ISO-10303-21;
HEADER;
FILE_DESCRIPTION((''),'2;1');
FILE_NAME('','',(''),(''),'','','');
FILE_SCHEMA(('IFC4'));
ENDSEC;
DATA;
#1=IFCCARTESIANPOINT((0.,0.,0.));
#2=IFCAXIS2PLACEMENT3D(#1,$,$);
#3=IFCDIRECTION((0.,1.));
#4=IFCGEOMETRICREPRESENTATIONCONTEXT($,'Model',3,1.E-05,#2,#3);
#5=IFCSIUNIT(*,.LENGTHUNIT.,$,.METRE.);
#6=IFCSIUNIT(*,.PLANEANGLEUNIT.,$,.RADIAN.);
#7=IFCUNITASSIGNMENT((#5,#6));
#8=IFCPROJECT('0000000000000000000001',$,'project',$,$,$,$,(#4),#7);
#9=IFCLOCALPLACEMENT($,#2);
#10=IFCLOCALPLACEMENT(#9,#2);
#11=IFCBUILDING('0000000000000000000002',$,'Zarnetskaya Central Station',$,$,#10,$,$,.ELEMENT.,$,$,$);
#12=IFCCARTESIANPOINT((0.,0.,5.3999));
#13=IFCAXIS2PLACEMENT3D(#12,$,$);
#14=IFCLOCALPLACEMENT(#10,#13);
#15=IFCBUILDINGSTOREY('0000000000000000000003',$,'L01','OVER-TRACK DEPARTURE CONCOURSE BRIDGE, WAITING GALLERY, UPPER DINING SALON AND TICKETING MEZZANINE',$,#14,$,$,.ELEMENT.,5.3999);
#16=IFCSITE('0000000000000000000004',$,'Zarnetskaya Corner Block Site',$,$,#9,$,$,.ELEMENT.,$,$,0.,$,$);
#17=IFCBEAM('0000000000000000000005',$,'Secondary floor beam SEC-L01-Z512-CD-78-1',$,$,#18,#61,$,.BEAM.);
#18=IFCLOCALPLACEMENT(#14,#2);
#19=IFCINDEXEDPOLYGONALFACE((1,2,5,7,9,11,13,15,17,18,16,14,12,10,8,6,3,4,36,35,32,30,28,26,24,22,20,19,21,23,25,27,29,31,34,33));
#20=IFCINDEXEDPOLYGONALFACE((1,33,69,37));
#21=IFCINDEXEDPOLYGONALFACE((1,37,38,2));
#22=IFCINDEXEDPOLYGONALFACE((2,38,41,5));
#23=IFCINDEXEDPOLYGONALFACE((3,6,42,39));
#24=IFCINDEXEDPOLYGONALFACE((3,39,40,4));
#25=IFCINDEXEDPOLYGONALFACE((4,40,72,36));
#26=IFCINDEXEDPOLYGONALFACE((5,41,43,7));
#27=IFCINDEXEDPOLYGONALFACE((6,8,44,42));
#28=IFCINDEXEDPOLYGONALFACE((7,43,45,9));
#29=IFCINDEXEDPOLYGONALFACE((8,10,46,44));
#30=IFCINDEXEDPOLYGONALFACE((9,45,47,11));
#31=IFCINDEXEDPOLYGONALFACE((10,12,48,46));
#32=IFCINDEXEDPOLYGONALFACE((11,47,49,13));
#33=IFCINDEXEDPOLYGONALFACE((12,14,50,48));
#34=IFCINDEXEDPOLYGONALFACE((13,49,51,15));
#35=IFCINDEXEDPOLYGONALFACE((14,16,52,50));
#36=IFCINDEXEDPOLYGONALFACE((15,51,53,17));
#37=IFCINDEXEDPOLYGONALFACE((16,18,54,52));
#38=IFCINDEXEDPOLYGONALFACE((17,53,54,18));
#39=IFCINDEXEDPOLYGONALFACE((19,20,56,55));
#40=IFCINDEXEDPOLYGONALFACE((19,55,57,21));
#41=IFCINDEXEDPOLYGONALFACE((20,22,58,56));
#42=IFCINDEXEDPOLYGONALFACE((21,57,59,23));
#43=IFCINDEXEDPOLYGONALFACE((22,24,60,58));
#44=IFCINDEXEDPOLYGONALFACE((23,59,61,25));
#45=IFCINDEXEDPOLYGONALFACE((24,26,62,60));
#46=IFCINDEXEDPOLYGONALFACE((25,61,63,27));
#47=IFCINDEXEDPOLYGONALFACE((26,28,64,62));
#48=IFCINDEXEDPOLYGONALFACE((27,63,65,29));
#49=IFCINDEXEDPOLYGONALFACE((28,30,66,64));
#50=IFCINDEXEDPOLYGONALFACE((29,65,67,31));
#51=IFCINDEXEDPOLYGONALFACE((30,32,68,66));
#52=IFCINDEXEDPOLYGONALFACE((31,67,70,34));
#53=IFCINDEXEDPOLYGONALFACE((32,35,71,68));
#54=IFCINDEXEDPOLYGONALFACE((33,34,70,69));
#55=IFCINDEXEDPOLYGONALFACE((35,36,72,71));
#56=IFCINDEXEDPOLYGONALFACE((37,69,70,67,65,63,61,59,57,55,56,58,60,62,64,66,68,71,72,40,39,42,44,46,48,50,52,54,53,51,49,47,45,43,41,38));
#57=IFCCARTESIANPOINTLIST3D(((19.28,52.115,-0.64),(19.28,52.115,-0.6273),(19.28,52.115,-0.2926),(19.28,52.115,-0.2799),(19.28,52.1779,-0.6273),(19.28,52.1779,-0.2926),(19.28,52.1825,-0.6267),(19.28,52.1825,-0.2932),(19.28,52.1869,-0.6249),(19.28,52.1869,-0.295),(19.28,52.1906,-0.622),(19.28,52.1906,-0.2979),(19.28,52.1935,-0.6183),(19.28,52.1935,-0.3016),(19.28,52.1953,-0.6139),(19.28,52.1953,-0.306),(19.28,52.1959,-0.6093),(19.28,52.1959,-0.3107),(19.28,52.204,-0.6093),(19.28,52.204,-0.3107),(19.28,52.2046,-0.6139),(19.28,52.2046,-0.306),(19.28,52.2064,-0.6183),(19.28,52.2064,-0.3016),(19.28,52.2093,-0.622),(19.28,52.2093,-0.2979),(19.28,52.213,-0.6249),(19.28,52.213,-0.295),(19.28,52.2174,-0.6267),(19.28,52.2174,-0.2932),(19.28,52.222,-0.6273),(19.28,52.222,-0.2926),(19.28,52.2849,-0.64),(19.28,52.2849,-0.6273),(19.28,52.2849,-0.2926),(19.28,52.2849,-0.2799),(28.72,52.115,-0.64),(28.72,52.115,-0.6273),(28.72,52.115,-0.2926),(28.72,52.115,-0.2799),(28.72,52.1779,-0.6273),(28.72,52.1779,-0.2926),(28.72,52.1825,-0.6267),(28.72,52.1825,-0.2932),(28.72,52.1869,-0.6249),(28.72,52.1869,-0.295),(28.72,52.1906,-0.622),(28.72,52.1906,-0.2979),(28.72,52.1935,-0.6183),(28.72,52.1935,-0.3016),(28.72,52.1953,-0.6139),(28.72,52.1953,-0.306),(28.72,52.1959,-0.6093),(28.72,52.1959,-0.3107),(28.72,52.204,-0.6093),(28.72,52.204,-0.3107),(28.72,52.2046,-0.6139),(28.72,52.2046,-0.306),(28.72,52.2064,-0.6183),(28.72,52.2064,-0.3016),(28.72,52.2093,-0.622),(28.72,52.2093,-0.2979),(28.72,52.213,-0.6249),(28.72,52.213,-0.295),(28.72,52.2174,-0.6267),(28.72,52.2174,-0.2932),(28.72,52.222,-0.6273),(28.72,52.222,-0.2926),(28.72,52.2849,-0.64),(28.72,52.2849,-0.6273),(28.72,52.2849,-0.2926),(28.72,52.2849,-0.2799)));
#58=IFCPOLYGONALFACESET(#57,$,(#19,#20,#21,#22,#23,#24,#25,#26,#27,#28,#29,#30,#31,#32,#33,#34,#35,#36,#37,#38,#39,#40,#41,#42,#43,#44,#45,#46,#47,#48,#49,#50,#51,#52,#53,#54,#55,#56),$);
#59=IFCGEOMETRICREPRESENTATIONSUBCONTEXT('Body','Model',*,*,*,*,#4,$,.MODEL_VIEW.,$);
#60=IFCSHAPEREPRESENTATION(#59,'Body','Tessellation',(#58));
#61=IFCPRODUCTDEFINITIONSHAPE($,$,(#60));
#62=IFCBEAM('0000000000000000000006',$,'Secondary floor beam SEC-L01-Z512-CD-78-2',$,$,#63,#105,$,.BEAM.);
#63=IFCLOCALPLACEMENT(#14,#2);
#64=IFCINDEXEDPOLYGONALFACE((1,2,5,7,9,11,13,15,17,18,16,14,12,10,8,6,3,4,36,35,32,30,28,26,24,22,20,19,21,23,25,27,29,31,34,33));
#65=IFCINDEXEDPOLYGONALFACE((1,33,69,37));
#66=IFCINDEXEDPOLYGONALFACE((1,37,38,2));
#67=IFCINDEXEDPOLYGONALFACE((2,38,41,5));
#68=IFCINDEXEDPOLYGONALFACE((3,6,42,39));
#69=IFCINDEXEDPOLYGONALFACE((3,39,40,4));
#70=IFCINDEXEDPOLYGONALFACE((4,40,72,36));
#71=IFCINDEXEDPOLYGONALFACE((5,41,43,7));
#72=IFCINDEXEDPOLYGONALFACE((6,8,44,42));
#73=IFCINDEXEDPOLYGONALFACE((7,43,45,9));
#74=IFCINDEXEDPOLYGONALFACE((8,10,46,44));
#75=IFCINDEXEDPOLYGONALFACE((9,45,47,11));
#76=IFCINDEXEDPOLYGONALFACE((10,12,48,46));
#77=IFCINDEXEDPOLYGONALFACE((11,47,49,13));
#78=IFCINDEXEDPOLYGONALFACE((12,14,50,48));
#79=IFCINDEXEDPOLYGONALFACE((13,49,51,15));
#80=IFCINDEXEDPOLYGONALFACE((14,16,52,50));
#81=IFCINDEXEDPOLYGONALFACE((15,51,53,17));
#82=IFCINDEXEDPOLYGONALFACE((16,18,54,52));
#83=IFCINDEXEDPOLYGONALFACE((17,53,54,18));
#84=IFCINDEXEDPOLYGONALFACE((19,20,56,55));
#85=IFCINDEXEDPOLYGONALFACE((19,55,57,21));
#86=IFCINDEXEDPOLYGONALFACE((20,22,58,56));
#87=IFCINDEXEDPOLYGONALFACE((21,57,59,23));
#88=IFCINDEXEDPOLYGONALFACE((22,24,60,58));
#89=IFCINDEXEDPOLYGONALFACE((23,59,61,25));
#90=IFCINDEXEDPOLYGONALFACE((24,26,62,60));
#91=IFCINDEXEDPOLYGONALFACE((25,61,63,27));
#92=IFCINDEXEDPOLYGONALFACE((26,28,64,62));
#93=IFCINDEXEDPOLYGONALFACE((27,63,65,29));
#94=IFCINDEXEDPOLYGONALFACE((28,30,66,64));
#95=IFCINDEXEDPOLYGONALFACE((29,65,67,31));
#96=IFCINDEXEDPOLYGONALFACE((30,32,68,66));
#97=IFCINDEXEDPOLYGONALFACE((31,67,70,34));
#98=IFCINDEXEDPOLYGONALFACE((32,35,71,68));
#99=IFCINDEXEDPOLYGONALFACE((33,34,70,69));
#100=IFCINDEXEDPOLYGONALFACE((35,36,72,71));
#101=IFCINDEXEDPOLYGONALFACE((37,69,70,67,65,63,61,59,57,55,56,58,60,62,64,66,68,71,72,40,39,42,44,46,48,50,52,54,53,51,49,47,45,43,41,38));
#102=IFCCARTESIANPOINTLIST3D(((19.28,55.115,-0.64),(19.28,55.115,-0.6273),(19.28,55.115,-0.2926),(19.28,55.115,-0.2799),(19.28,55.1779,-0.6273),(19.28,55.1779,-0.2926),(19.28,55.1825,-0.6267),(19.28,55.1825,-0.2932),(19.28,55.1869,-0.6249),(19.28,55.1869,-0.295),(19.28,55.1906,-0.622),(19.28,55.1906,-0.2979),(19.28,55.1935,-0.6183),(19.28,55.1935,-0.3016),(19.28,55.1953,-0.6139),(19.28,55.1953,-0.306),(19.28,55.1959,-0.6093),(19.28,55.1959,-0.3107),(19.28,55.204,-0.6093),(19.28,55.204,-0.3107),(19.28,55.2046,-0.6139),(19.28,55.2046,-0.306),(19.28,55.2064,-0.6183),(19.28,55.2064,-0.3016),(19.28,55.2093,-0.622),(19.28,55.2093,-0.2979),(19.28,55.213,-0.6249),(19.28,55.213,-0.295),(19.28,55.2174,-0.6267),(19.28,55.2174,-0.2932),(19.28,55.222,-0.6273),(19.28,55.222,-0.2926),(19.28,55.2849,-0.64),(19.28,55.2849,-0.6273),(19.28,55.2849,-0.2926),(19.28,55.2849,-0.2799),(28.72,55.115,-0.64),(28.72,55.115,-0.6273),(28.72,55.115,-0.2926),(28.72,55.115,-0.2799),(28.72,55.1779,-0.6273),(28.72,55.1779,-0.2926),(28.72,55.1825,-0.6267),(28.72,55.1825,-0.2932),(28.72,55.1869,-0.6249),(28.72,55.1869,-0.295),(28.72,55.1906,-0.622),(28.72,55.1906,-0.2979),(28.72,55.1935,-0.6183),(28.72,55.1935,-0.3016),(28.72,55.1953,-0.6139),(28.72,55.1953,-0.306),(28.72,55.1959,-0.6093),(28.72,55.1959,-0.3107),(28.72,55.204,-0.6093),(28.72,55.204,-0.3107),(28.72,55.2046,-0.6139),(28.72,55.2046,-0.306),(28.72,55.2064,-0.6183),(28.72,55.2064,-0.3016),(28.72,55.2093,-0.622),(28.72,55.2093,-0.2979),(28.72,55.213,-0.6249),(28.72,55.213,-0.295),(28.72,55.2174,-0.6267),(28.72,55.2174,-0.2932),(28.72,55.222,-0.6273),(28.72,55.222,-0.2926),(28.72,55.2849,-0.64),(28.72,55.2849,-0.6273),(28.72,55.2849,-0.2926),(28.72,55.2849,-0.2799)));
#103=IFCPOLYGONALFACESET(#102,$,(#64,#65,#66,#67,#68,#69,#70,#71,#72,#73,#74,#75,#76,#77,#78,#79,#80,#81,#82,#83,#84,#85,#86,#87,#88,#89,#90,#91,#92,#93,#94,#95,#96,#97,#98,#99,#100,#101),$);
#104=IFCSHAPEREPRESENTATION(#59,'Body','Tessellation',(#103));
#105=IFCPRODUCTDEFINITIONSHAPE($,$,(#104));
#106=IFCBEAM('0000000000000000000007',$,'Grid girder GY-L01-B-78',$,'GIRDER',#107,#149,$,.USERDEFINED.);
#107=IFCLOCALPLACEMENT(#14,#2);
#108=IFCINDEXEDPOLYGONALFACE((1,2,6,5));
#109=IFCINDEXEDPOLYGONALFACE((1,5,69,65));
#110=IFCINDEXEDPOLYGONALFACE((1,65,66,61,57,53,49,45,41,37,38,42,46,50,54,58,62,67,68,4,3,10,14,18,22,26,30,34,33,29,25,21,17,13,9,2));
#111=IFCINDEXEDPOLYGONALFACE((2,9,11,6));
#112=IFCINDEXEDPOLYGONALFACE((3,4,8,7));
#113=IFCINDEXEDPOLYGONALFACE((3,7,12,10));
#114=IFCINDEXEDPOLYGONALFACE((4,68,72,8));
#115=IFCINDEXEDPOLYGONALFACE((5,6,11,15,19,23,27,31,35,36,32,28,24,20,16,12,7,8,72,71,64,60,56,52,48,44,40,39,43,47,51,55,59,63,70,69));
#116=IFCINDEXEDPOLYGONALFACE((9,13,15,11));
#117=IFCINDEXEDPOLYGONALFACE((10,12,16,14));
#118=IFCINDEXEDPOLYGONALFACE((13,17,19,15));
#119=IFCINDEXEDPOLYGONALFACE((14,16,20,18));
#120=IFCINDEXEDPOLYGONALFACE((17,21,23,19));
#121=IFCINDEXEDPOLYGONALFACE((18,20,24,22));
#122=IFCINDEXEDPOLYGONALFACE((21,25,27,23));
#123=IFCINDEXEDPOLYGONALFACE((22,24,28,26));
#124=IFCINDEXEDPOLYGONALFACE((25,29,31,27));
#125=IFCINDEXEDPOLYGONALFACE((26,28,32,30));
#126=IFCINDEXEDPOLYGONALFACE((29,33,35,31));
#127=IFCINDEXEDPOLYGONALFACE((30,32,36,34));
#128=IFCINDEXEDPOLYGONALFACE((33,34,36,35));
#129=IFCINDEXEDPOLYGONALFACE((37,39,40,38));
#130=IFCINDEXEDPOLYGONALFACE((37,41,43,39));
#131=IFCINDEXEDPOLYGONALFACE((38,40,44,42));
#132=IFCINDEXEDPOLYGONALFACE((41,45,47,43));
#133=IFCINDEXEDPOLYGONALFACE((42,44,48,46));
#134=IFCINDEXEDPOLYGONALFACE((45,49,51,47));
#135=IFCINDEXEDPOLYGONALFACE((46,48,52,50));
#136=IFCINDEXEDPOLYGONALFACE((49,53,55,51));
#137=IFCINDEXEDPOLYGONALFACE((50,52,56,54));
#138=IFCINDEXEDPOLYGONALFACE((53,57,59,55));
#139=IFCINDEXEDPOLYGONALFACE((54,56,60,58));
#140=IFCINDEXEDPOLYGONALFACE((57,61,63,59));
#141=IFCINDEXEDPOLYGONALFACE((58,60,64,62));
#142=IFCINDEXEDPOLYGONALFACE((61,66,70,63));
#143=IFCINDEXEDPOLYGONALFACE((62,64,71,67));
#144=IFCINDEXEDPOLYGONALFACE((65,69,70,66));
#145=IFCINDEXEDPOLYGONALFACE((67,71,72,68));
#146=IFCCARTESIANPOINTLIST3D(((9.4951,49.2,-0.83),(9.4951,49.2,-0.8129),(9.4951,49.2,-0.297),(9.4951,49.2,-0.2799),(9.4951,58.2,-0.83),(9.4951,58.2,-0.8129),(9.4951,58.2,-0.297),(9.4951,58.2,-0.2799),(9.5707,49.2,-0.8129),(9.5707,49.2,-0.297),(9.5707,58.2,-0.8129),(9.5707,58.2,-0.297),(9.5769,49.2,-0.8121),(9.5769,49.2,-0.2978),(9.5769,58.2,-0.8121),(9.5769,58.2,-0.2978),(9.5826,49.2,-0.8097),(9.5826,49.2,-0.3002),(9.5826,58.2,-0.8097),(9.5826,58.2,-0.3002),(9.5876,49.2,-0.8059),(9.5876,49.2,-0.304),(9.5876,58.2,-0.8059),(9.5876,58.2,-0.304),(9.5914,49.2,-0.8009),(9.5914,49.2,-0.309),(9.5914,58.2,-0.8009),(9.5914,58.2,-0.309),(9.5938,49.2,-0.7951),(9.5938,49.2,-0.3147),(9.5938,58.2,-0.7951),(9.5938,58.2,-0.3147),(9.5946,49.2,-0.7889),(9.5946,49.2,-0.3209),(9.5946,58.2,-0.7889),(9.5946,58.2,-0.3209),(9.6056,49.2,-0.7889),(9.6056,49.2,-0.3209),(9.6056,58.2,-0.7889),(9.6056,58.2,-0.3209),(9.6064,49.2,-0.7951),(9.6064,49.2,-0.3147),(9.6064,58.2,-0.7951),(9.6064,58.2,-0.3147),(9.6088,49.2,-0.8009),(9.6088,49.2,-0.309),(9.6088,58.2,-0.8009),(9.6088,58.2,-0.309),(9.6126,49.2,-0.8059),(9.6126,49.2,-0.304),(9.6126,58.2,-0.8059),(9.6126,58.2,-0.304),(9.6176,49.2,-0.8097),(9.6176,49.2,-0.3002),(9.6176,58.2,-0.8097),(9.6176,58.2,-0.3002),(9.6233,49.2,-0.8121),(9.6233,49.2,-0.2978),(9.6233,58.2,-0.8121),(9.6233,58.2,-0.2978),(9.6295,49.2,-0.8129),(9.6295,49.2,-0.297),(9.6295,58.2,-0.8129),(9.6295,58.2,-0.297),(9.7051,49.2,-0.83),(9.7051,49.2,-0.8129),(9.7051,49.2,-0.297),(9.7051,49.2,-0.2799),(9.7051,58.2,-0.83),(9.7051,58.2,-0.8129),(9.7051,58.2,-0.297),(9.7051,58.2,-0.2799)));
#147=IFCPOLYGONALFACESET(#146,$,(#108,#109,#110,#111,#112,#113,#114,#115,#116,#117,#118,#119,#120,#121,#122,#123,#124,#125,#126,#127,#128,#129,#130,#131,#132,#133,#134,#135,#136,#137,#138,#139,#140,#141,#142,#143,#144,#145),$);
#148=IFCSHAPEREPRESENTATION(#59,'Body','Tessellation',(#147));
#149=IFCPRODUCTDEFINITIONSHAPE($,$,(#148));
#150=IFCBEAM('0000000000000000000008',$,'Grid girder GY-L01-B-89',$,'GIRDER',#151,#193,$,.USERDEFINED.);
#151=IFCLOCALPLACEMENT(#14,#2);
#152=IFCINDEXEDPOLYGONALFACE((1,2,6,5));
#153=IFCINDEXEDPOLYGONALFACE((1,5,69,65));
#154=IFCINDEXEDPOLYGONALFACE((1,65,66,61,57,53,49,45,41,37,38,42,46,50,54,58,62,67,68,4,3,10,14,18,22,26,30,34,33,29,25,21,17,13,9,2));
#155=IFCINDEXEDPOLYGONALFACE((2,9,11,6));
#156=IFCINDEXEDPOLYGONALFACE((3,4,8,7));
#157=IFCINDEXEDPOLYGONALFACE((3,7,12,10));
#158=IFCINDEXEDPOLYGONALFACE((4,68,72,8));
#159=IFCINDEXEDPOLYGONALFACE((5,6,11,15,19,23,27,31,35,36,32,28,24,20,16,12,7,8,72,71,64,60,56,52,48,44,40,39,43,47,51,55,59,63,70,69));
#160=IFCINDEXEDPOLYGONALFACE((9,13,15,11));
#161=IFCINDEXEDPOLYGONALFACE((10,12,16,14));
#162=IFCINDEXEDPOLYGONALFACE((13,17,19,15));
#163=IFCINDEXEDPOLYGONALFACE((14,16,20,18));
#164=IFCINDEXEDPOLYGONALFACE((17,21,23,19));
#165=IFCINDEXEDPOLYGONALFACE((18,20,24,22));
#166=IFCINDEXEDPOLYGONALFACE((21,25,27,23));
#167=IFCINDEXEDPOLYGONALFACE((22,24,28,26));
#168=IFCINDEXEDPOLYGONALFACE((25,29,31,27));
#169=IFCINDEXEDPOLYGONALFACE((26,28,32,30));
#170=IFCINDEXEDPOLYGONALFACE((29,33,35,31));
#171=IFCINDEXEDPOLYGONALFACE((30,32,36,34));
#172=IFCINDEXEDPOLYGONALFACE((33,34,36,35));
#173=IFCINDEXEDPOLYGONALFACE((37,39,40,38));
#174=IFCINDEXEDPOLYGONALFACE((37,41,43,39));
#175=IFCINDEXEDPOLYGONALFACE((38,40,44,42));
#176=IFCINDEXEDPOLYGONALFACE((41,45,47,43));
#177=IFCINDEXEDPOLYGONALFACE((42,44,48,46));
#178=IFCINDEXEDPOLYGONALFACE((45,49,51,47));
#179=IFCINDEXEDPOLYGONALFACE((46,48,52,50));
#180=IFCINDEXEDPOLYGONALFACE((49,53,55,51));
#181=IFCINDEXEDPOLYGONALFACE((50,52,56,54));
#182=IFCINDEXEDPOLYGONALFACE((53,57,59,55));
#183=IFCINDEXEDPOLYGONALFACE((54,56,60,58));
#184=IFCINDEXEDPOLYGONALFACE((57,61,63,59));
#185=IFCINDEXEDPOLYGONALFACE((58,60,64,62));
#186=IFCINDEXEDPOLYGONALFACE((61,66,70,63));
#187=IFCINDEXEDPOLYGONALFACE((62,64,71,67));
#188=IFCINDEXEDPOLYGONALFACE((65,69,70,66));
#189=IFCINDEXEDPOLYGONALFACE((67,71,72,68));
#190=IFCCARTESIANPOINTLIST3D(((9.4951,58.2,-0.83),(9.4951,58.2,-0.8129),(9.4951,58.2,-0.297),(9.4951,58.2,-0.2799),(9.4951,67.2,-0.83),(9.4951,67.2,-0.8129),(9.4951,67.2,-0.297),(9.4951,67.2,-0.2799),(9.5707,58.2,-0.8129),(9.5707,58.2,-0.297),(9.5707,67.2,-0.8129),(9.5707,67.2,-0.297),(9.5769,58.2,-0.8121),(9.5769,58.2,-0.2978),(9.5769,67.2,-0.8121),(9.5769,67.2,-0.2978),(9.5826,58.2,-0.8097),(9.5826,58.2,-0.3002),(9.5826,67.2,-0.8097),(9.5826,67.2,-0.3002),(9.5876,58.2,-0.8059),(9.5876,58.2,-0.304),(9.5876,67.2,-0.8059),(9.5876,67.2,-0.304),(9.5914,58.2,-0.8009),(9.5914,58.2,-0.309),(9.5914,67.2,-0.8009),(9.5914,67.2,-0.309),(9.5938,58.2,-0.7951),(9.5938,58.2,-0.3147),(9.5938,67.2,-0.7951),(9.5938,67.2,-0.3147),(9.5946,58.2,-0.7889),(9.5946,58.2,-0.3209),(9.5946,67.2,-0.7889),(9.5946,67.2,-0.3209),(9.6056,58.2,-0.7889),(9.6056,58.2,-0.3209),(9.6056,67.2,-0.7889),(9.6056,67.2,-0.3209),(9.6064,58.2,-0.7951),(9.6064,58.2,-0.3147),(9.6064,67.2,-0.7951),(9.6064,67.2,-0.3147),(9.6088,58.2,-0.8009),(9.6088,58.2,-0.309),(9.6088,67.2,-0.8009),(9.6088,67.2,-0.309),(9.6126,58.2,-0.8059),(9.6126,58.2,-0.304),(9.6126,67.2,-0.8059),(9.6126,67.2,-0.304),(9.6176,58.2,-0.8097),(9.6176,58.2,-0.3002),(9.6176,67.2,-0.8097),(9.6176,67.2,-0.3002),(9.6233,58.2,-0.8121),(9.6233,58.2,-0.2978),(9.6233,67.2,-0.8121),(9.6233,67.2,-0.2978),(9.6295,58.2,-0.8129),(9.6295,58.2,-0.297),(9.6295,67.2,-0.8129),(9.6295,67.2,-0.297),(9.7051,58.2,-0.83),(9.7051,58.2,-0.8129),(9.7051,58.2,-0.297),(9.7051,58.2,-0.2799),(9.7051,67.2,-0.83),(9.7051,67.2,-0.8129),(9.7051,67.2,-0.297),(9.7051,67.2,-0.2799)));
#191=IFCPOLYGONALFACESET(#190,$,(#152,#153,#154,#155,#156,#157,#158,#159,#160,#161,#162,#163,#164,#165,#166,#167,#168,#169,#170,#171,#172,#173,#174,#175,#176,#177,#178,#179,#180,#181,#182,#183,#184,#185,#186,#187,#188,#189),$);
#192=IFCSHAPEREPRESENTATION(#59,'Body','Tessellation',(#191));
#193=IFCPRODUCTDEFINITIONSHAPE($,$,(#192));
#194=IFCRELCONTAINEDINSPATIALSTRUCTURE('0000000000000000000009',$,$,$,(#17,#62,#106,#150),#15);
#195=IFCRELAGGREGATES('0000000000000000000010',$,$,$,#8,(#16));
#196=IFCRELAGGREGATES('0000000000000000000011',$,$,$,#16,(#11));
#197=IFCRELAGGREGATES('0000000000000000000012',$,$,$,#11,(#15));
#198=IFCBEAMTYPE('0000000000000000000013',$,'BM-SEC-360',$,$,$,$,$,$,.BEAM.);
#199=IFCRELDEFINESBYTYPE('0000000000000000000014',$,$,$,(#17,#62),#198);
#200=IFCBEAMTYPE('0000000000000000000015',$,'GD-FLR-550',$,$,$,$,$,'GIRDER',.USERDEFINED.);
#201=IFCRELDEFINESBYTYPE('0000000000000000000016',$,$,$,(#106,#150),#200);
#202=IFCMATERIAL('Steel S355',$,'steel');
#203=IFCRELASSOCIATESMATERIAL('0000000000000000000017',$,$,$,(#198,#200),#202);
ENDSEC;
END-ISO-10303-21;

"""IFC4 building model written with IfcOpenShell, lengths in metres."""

from ifc_helpers import new_model, si_unit, direction, frame, origin, origin_2d, place, context, subcontext, project, spatial, i_section, extrude, material, material_profile, profile_set, type_object, element, save


model = new_model("IFC4")

# Units and contexts
model_context = context("Model", 3, precision=1e-05, world=origin(), true_north=direction((0.0, 1.0)))
body_context = subcontext(model_context, "Body", "Model", "MODEL_VIEW")
ifc_project = project(units=[si_unit("LENGTHUNIT", "METRE"), si_unit("PLANEANGLEUNIT", "RADIAN")], contexts=[model_context])

# Site, building, storey
site_placement = place(None, origin())
site = spatial("IfcSite", under=ifc_project, at=site_placement, Name="Zarnetskaya Corner Block Site", CompositionType="ELEMENT", RefElevation=0.0)
building_placement = place(site_placement, origin())
building = spatial("IfcBuilding", under=site, at=building_placement, Name="Zarnetskaya Central Station", CompositionType="ELEMENT")
storey_placement = place(building_placement, frame((0.0, 0.0, 5.3999)))
storey = spatial("IfcBuildingStorey", under=building, at=storey_placement, Name="L01", Description="OVER-TRACK DEPARTURE CONCOURSE BRIDGE, WAITING GALLERY, UPPER DINING SALON AND TICKETING MEZZANINE", CompositionType="ELEMENT", Elevation=5.3999)

# Shared definitions
ifc_material_1 = material(Name="Steel S355", Category="steel")

# Beams
ifc_material_profile_1 = material_profile(ifc_material_1, i_section(OverallWidth=0.1699, OverallDepth=0.3601, WebThickness=0.0081, FlangeThickness=0.0127, FilletRadius=0.0181, at=origin_2d()), Name="IPE 360")
ifc_profile_set_1 = profile_set([ifc_material_profile_1], Name="Steel S355")
beam_type_1 = type_object("IfcBeamType", Name="BM-SEC-360", PredefinedType="BEAM", material=ifc_profile_set_1)
for number, where, z_axis, x_axis, name in (
    (1, (19.28, 52.2, -0.46), (1.0, 0.0, 0.0), (0.0, 1.0, 0.0), "Secondary floor beam SEC-L01-Z512-CD-78-1"),
    (2, (19.28, 55.2, -0.46), (1.0, 0.0, 0.0), (0.0, 1.0, 0.0), "Secondary floor beam SEC-L01-Z512-CD-78-2"),
):
    element("IfcBeam", number, at=place(storey_placement, frame(where, z_axis=z_axis, x_axis=x_axis)), inside=storey, type_object=beam_type_1, Name=name, PredefinedType="BEAM", context=body_context, shape_type="SweptSolid", body=[
        extrude(i_section(OverallWidth=0.1699, OverallDepth=0.3601, WebThickness=0.0081, FlangeThickness=0.0127, FilletRadius=0.0181, at=origin_2d()), origin(), (0.0, 0.0, 1.0), 9.4399),
    ])
ifc_material_profile_2 = material_profile(ifc_material_1, i_section(OverallWidth=0.21, OverallDepth=0.55, WebThickness=0.011, FlangeThickness=0.0171, FilletRadius=0.0239, at=origin_2d()), Name="IPE 550")
ifc_profile_set_2 = profile_set([ifc_material_profile_2], Name="Steel S355")
beam_type_2 = type_object("IfcBeamType", Name="GD-FLR-550", ElementType="GIRDER", PredefinedType="USERDEFINED", material=ifc_profile_set_2)
for number, where, z_axis, x_axis, name in (
    (3, (9.6001, 49.2, -0.5549), (0.0, 1.0, 0.0), (-1.0, 0.0, 0.0), "Grid girder GY-L01-B-78"),
    (4, (9.6001, 58.2, -0.5549), (0.0, 1.0, 0.0), (-1.0, 0.0, 0.0), "Grid girder GY-L01-B-89"),
):
    element("IfcBeam", number, at=place(storey_placement, frame(where, z_axis=z_axis, x_axis=x_axis)), inside=storey, type_object=beam_type_2, Name=name, ObjectType="GIRDER", PredefinedType="USERDEFINED", context=body_context, shape_type="SweptSolid", body=[
        extrude(i_section(OverallWidth=0.21, OverallDepth=0.55, WebThickness=0.011, FlangeThickness=0.0171, FilletRadius=0.0239, at=origin_2d()), origin(), (0.0, 0.0, 1.0), 9.0),
    ])

save(model, "model.ifc")
